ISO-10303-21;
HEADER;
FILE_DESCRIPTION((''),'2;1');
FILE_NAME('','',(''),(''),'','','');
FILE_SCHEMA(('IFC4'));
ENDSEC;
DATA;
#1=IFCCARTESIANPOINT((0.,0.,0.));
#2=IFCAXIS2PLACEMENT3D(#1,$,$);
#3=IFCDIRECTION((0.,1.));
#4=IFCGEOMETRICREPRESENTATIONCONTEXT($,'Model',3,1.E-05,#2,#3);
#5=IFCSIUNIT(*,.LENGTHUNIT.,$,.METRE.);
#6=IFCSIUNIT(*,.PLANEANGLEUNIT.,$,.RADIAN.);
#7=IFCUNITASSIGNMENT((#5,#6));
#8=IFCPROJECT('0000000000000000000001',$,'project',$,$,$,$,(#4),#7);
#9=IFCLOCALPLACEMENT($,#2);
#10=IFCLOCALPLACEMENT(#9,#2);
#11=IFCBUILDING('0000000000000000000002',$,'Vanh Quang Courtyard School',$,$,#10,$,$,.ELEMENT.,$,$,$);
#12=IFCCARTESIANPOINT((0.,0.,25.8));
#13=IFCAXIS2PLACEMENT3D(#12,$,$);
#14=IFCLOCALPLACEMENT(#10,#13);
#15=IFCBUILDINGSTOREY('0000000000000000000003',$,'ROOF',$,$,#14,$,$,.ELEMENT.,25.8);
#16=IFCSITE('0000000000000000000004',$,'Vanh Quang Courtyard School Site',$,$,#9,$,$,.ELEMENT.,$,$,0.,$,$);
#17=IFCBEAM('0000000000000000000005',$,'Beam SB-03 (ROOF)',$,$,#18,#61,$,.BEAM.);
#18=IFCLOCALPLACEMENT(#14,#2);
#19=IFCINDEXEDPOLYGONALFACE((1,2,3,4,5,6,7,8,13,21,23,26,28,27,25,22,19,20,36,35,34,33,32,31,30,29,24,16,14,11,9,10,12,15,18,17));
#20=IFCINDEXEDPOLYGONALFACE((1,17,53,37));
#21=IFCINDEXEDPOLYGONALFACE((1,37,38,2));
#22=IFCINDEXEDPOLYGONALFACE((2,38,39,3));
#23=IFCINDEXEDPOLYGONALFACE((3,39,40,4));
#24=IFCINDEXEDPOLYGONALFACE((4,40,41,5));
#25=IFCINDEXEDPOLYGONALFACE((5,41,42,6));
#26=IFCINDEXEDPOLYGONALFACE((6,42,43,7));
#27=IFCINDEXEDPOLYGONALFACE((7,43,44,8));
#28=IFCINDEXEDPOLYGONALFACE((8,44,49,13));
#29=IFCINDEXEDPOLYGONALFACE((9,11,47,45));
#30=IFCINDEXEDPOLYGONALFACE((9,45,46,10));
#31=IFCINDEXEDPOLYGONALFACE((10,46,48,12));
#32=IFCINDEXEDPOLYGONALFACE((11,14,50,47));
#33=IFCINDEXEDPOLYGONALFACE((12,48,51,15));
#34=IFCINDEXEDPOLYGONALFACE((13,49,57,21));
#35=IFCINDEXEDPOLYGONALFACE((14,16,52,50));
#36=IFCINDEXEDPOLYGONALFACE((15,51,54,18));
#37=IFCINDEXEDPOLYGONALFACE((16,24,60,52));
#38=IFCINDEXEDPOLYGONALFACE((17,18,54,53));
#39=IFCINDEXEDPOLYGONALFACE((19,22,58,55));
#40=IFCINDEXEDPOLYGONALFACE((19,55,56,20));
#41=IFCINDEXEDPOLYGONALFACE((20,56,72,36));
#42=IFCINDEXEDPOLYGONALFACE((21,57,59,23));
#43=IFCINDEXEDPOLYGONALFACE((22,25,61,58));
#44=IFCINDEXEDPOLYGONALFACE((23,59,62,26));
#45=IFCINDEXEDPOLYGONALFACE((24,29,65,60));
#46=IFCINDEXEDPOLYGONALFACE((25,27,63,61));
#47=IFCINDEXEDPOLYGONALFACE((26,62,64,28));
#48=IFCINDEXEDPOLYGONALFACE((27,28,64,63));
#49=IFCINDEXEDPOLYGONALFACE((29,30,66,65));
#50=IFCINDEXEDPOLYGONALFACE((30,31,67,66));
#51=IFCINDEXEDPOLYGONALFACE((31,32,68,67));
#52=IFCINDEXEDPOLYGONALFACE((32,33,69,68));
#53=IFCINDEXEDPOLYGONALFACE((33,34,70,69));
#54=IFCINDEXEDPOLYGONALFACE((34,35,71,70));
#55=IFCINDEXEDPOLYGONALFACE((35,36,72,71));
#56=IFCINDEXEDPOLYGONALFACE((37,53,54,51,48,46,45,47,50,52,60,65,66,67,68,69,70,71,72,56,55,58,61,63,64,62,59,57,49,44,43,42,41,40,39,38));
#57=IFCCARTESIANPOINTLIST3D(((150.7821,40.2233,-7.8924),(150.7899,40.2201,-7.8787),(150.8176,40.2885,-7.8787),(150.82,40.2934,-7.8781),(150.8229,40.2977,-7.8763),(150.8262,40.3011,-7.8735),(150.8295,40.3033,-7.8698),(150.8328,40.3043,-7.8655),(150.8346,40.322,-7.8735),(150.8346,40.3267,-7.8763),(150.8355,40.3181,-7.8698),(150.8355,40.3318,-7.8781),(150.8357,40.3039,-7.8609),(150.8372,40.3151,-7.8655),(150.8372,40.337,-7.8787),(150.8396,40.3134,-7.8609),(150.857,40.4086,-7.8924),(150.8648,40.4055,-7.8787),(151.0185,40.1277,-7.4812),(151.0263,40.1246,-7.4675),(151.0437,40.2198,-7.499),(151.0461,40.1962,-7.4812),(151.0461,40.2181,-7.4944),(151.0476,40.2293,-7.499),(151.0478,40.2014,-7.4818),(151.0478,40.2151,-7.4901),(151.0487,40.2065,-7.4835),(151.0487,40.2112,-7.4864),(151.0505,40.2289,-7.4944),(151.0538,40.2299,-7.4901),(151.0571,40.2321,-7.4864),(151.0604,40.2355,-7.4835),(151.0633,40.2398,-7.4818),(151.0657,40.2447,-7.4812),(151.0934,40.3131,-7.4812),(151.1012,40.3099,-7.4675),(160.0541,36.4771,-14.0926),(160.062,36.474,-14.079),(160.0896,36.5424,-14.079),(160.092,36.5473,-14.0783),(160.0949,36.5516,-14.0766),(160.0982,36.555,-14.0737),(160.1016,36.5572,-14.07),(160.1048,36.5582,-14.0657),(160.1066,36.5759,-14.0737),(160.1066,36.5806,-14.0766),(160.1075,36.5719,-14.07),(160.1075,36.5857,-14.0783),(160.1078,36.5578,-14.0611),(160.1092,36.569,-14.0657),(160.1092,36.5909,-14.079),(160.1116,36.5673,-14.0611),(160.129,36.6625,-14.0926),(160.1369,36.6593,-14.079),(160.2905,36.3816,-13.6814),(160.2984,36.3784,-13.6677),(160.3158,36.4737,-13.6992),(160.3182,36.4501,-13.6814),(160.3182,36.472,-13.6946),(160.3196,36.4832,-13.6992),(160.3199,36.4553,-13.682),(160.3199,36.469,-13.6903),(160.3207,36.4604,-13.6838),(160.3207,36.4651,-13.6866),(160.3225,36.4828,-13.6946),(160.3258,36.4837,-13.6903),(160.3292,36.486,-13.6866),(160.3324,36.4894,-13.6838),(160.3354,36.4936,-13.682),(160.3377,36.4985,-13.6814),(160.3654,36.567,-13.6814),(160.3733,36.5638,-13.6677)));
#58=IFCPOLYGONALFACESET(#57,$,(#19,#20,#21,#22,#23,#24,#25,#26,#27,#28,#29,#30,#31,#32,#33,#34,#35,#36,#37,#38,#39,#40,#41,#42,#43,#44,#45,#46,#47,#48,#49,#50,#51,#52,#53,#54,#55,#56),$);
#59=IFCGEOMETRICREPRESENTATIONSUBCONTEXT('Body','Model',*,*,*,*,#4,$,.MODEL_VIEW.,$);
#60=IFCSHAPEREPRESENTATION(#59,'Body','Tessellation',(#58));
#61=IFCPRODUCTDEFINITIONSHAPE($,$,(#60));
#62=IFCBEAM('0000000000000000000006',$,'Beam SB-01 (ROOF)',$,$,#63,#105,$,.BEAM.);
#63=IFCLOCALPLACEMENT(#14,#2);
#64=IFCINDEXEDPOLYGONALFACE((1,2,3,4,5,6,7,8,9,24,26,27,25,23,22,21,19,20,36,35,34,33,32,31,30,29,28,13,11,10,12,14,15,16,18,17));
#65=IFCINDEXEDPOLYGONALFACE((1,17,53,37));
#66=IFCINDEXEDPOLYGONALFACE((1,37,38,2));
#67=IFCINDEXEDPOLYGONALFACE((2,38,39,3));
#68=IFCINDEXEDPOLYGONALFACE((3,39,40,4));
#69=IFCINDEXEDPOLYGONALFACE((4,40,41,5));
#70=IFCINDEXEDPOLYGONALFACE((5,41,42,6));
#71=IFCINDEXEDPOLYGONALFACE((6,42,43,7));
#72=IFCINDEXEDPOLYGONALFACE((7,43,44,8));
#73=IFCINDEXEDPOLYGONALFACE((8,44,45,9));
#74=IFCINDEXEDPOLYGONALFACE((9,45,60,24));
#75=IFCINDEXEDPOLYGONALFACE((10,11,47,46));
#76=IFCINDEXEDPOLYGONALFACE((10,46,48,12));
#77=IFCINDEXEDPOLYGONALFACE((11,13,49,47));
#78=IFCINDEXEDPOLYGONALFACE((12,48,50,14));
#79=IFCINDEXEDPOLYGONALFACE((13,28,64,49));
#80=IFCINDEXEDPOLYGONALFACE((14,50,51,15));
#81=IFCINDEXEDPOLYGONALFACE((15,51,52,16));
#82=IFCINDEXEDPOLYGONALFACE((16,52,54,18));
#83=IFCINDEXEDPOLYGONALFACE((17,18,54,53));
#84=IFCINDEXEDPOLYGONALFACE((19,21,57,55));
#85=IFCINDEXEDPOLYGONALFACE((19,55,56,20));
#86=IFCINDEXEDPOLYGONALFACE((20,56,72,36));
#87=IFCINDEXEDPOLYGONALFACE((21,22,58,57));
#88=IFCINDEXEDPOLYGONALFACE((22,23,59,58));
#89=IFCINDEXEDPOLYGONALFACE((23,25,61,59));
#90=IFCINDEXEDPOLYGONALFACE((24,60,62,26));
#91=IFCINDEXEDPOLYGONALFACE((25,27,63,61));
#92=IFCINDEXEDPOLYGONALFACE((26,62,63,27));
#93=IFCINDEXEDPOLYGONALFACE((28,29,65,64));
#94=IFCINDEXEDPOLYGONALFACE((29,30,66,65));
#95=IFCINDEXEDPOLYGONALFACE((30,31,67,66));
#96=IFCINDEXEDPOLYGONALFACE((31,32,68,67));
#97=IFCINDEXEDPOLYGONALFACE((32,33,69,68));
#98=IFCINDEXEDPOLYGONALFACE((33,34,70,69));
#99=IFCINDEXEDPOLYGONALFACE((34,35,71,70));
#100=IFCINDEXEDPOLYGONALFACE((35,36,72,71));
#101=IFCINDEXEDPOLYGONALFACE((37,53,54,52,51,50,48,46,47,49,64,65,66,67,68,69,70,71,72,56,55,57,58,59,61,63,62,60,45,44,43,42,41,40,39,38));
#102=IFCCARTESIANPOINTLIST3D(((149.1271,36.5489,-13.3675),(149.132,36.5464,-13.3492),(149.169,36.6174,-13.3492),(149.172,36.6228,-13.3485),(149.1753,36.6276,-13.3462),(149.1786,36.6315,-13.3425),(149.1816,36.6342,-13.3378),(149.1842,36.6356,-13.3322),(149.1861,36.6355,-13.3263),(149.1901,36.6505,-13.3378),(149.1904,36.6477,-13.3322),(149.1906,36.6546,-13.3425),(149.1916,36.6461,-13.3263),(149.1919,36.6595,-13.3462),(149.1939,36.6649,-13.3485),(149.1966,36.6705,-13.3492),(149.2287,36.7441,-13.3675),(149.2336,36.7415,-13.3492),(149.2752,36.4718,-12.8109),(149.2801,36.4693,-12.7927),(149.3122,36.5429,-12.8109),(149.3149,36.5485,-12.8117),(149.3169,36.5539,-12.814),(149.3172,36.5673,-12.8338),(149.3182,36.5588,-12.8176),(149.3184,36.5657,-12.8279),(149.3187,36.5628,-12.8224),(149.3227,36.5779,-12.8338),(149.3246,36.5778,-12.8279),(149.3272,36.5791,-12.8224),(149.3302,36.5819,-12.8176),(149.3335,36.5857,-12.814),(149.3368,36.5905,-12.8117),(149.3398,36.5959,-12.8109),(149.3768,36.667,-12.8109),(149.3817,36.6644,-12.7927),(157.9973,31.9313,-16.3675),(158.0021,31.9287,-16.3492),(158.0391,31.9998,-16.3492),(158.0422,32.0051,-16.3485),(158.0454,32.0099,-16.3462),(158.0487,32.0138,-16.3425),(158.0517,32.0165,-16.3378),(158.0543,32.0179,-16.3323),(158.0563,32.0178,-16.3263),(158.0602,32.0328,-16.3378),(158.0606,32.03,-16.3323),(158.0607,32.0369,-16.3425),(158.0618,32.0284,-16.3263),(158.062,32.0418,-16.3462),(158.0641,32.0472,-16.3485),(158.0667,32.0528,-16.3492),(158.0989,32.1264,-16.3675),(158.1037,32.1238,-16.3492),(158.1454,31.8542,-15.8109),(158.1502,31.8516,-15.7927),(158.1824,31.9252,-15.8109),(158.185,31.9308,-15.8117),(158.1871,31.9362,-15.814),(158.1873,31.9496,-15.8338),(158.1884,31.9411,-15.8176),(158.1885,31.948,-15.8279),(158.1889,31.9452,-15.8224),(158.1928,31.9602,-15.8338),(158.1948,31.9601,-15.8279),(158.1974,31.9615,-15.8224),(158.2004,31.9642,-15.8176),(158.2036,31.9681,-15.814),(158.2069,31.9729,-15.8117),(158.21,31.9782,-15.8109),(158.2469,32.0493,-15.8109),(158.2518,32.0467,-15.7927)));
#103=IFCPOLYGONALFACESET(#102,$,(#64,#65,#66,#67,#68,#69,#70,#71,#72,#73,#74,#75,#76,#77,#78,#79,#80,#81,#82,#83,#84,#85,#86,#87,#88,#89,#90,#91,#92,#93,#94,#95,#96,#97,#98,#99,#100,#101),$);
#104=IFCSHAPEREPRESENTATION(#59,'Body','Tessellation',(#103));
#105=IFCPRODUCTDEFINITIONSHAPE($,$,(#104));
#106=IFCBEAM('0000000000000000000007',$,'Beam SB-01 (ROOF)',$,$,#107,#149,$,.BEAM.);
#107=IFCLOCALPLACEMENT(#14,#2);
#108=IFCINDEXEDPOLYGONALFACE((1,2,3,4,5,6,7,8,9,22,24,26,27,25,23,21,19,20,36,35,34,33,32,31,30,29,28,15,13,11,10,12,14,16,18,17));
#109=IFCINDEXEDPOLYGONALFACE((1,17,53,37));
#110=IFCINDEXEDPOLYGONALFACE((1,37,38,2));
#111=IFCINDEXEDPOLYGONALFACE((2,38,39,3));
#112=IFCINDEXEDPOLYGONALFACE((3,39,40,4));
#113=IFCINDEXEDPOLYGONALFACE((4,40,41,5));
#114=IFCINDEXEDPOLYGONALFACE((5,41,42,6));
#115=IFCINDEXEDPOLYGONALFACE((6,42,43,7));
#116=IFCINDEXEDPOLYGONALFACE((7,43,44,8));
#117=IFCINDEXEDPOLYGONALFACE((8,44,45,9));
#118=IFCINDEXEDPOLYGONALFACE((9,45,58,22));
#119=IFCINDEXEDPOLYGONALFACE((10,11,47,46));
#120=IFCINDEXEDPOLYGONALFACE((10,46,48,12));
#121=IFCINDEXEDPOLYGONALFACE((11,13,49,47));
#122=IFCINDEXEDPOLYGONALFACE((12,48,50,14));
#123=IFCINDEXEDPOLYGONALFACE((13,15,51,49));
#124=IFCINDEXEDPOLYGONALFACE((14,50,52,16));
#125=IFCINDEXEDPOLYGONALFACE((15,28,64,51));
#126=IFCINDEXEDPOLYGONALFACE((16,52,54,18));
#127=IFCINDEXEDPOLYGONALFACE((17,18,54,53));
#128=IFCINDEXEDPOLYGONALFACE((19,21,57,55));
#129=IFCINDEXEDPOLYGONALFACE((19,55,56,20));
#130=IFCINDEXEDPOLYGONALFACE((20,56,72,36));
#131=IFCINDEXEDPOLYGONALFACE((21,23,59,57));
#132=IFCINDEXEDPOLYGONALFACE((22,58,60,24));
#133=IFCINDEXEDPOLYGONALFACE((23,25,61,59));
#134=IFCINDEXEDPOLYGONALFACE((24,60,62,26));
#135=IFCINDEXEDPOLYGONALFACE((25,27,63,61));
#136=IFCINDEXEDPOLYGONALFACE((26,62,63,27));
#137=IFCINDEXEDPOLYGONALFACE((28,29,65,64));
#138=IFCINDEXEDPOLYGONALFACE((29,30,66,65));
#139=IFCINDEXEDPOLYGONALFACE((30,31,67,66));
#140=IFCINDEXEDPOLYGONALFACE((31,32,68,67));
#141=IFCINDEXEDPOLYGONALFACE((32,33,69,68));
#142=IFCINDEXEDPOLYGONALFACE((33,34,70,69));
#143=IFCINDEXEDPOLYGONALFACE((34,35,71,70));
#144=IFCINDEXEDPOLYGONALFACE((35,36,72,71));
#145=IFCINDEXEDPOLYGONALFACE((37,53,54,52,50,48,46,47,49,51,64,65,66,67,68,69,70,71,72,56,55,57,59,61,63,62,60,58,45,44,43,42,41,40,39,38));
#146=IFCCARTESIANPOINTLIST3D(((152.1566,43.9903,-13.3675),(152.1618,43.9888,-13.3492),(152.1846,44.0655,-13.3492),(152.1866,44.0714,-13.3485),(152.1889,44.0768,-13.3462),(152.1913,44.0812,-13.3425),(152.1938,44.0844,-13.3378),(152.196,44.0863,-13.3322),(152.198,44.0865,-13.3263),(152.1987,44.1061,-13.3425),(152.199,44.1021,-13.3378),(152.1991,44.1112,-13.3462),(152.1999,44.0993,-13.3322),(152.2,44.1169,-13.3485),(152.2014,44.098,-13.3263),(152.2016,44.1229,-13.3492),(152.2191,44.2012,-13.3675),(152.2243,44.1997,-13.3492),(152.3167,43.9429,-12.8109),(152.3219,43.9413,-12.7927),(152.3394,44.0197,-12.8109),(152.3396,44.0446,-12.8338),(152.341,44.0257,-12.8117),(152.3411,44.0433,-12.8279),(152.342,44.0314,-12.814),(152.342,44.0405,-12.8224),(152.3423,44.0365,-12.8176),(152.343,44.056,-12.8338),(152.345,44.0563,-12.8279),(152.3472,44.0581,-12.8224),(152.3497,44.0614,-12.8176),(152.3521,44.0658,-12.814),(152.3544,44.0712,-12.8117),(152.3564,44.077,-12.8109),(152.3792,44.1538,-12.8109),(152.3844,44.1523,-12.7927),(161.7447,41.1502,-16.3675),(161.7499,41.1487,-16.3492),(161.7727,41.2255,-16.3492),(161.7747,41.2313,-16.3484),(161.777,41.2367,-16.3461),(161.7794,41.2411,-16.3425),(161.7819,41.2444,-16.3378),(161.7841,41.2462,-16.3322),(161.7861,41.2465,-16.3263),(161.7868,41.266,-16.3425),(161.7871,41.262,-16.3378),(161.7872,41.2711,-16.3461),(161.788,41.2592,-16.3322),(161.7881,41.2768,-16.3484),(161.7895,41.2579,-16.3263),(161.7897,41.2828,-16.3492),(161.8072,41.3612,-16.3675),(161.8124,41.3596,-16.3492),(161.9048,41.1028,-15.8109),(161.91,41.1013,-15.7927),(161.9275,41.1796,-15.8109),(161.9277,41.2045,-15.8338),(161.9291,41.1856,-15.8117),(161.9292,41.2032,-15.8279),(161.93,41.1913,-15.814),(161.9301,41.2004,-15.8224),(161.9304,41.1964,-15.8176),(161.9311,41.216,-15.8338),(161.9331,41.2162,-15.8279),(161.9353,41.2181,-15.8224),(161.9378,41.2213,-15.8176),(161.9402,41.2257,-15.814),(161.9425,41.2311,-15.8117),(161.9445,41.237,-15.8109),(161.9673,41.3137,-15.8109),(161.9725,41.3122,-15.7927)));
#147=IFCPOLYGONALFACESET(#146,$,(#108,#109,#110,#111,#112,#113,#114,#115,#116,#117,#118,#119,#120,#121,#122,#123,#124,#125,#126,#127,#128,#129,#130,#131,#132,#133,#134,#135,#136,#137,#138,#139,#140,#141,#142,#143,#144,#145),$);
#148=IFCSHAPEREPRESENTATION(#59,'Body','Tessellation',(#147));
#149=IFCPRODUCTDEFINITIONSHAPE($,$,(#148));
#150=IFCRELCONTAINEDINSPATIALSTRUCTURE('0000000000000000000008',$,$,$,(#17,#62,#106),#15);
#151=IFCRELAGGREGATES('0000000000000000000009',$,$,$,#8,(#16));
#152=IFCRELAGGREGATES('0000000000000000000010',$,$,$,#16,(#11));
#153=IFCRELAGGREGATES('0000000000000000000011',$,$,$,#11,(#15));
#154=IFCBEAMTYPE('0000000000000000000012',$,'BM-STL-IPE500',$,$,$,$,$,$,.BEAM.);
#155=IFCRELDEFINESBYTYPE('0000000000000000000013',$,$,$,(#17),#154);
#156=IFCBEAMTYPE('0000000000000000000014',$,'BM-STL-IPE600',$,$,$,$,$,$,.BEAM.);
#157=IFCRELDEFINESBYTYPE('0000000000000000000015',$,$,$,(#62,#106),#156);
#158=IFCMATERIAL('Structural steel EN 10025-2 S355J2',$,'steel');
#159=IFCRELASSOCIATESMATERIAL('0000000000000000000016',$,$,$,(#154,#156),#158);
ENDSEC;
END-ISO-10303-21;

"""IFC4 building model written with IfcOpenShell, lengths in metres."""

from ifc_helpers import new_model, si_unit, direction, frame, origin, origin_2d, place, context, subcontext, project, spatial, i_section, extrude, material, material_profile, profile_set, type_object, element, save


model = new_model("IFC4")

# Units and contexts
model_context = context("Model", 3, precision=1e-05, world=origin(), true_north=direction((0.0, 1.0)))
body_context = subcontext(model_context, "Body", "Model", "MODEL_VIEW")
ifc_project = project(units=[si_unit("LENGTHUNIT", "METRE"), si_unit("PLANEANGLEUNIT", "RADIAN")], contexts=[model_context])

# Site, building, storey
site_placement = place(None, origin())
site = spatial("IfcSite", under=ifc_project, at=site_placement, Name="Vanh Quang Courtyard School Site", CompositionType="ELEMENT", RefElevation=0.0)
building_placement = place(site_placement, origin())
building = spatial("IfcBuilding", under=site, at=building_placement, Name="Vanh Quang Courtyard School", CompositionType="ELEMENT")
storey_placement = place(building_placement, frame((0.0, 0.0, 25.8)))
storey = spatial("IfcBuildingStorey", under=building, at=storey_placement, Name="ROOF", CompositionType="ELEMENT", Elevation=25.8)

# Beams
ifc_material_1 = material(Name="Structural steel EN 10025-2 S355J2", Category="steel")
ifc_material_profile_1 = material_profile(ifc_material_1, i_section(OverallWidth=0.2, OverallDepth=0.5, WebThickness=0.0103, FlangeThickness=0.0161, FilletRadius=0.021, at=origin_2d()), Name="IPE 500")
ifc_profile_set_1 = profile_set([ifc_material_profile_1], Name="Structural steel EN 10025-2 S355J2")
beam_type_1 = type_object("IfcBeamType", Name="BM-STL-IPE500", PredefinedType="BEAM", material=ifc_profile_set_1)
beam_1_placement = place(storey_placement, frame((150.9417, 40.2666, -7.6799), z_axis=(0.788013, -0.318376, -0.526947), x_axis=(0.374604, 0.927185, 0.0)))
element("IfcBeam", 1, at=beam_1_placement, inside=storey, type_object=beam_type_1, Name="Beam SB-03 (ROOF)", PredefinedType="BEAM", context=body_context, shape_type="SweptSolid", body=[
    extrude(i_section(OverallWidth=0.2, OverallDepth=0.5, WebThickness=0.0103, FlangeThickness=0.0161, FilletRadius=0.021, at=origin_2d()), origin(), (0.0, 0.0, 1.0), 11.7664),
])
ifc_material_profile_2 = material_profile(ifc_material_1, i_section(OverallWidth=0.22, OverallDepth=0.6001, WebThickness=0.012, FlangeThickness=0.019, FilletRadius=0.0239, at=origin_2d()), Name="IPE 600")
ifc_profile_set_2 = profile_set([ifc_material_profile_2], Name="Structural steel EN 10025-2 S355J2")
beam_type_2 = type_object("IfcBeamType", Name="BM-STL-IPE600", PredefinedType="BEAM", material=ifc_profile_set_2)
beam_2_placement = place(storey_placement, frame((149.2544, 36.6067, -13.0801), z_axis=(0.849596, -0.442289, -0.287345), x_axis=(0.461763, 0.887003, 0.0)))
element("IfcBeam", 2, at=beam_2_placement, inside=storey, type_object=beam_type_2, Name="Beam SB-01 (ROOF)", PredefinedType="BEAM", context=body_context, shape_type="SweptSolid", body=[
    extrude(i_section(OverallWidth=0.22, OverallDepth=0.6001, WebThickness=0.012, FlangeThickness=0.019, FilletRadius=0.0239, at=origin_2d()), origin(), (0.0, 0.0, 1.0), 10.4404),
])
beam_3_placement = place(storey_placement, frame((152.2705, 44.0713, -13.0801), z_axis=(0.918383, -0.272033, -0.28735), x_axis=(0.284011, 0.958821, 0.0)))
element("IfcBeam", 3, at=beam_3_placement, inside=storey, type_object=beam_type_2, Name="Beam SB-01 (ROOF)", PredefinedType="BEAM", context=body_context, shape_type="SweptSolid", body=[
    extrude(i_section(OverallWidth=0.22, OverallDepth=0.6001, WebThickness=0.012, FlangeThickness=0.019, FilletRadius=0.0239, at=origin_2d()), origin(), (0.0, 0.0, 1.0), 10.4402),
])

save(model, "model.ifc")
